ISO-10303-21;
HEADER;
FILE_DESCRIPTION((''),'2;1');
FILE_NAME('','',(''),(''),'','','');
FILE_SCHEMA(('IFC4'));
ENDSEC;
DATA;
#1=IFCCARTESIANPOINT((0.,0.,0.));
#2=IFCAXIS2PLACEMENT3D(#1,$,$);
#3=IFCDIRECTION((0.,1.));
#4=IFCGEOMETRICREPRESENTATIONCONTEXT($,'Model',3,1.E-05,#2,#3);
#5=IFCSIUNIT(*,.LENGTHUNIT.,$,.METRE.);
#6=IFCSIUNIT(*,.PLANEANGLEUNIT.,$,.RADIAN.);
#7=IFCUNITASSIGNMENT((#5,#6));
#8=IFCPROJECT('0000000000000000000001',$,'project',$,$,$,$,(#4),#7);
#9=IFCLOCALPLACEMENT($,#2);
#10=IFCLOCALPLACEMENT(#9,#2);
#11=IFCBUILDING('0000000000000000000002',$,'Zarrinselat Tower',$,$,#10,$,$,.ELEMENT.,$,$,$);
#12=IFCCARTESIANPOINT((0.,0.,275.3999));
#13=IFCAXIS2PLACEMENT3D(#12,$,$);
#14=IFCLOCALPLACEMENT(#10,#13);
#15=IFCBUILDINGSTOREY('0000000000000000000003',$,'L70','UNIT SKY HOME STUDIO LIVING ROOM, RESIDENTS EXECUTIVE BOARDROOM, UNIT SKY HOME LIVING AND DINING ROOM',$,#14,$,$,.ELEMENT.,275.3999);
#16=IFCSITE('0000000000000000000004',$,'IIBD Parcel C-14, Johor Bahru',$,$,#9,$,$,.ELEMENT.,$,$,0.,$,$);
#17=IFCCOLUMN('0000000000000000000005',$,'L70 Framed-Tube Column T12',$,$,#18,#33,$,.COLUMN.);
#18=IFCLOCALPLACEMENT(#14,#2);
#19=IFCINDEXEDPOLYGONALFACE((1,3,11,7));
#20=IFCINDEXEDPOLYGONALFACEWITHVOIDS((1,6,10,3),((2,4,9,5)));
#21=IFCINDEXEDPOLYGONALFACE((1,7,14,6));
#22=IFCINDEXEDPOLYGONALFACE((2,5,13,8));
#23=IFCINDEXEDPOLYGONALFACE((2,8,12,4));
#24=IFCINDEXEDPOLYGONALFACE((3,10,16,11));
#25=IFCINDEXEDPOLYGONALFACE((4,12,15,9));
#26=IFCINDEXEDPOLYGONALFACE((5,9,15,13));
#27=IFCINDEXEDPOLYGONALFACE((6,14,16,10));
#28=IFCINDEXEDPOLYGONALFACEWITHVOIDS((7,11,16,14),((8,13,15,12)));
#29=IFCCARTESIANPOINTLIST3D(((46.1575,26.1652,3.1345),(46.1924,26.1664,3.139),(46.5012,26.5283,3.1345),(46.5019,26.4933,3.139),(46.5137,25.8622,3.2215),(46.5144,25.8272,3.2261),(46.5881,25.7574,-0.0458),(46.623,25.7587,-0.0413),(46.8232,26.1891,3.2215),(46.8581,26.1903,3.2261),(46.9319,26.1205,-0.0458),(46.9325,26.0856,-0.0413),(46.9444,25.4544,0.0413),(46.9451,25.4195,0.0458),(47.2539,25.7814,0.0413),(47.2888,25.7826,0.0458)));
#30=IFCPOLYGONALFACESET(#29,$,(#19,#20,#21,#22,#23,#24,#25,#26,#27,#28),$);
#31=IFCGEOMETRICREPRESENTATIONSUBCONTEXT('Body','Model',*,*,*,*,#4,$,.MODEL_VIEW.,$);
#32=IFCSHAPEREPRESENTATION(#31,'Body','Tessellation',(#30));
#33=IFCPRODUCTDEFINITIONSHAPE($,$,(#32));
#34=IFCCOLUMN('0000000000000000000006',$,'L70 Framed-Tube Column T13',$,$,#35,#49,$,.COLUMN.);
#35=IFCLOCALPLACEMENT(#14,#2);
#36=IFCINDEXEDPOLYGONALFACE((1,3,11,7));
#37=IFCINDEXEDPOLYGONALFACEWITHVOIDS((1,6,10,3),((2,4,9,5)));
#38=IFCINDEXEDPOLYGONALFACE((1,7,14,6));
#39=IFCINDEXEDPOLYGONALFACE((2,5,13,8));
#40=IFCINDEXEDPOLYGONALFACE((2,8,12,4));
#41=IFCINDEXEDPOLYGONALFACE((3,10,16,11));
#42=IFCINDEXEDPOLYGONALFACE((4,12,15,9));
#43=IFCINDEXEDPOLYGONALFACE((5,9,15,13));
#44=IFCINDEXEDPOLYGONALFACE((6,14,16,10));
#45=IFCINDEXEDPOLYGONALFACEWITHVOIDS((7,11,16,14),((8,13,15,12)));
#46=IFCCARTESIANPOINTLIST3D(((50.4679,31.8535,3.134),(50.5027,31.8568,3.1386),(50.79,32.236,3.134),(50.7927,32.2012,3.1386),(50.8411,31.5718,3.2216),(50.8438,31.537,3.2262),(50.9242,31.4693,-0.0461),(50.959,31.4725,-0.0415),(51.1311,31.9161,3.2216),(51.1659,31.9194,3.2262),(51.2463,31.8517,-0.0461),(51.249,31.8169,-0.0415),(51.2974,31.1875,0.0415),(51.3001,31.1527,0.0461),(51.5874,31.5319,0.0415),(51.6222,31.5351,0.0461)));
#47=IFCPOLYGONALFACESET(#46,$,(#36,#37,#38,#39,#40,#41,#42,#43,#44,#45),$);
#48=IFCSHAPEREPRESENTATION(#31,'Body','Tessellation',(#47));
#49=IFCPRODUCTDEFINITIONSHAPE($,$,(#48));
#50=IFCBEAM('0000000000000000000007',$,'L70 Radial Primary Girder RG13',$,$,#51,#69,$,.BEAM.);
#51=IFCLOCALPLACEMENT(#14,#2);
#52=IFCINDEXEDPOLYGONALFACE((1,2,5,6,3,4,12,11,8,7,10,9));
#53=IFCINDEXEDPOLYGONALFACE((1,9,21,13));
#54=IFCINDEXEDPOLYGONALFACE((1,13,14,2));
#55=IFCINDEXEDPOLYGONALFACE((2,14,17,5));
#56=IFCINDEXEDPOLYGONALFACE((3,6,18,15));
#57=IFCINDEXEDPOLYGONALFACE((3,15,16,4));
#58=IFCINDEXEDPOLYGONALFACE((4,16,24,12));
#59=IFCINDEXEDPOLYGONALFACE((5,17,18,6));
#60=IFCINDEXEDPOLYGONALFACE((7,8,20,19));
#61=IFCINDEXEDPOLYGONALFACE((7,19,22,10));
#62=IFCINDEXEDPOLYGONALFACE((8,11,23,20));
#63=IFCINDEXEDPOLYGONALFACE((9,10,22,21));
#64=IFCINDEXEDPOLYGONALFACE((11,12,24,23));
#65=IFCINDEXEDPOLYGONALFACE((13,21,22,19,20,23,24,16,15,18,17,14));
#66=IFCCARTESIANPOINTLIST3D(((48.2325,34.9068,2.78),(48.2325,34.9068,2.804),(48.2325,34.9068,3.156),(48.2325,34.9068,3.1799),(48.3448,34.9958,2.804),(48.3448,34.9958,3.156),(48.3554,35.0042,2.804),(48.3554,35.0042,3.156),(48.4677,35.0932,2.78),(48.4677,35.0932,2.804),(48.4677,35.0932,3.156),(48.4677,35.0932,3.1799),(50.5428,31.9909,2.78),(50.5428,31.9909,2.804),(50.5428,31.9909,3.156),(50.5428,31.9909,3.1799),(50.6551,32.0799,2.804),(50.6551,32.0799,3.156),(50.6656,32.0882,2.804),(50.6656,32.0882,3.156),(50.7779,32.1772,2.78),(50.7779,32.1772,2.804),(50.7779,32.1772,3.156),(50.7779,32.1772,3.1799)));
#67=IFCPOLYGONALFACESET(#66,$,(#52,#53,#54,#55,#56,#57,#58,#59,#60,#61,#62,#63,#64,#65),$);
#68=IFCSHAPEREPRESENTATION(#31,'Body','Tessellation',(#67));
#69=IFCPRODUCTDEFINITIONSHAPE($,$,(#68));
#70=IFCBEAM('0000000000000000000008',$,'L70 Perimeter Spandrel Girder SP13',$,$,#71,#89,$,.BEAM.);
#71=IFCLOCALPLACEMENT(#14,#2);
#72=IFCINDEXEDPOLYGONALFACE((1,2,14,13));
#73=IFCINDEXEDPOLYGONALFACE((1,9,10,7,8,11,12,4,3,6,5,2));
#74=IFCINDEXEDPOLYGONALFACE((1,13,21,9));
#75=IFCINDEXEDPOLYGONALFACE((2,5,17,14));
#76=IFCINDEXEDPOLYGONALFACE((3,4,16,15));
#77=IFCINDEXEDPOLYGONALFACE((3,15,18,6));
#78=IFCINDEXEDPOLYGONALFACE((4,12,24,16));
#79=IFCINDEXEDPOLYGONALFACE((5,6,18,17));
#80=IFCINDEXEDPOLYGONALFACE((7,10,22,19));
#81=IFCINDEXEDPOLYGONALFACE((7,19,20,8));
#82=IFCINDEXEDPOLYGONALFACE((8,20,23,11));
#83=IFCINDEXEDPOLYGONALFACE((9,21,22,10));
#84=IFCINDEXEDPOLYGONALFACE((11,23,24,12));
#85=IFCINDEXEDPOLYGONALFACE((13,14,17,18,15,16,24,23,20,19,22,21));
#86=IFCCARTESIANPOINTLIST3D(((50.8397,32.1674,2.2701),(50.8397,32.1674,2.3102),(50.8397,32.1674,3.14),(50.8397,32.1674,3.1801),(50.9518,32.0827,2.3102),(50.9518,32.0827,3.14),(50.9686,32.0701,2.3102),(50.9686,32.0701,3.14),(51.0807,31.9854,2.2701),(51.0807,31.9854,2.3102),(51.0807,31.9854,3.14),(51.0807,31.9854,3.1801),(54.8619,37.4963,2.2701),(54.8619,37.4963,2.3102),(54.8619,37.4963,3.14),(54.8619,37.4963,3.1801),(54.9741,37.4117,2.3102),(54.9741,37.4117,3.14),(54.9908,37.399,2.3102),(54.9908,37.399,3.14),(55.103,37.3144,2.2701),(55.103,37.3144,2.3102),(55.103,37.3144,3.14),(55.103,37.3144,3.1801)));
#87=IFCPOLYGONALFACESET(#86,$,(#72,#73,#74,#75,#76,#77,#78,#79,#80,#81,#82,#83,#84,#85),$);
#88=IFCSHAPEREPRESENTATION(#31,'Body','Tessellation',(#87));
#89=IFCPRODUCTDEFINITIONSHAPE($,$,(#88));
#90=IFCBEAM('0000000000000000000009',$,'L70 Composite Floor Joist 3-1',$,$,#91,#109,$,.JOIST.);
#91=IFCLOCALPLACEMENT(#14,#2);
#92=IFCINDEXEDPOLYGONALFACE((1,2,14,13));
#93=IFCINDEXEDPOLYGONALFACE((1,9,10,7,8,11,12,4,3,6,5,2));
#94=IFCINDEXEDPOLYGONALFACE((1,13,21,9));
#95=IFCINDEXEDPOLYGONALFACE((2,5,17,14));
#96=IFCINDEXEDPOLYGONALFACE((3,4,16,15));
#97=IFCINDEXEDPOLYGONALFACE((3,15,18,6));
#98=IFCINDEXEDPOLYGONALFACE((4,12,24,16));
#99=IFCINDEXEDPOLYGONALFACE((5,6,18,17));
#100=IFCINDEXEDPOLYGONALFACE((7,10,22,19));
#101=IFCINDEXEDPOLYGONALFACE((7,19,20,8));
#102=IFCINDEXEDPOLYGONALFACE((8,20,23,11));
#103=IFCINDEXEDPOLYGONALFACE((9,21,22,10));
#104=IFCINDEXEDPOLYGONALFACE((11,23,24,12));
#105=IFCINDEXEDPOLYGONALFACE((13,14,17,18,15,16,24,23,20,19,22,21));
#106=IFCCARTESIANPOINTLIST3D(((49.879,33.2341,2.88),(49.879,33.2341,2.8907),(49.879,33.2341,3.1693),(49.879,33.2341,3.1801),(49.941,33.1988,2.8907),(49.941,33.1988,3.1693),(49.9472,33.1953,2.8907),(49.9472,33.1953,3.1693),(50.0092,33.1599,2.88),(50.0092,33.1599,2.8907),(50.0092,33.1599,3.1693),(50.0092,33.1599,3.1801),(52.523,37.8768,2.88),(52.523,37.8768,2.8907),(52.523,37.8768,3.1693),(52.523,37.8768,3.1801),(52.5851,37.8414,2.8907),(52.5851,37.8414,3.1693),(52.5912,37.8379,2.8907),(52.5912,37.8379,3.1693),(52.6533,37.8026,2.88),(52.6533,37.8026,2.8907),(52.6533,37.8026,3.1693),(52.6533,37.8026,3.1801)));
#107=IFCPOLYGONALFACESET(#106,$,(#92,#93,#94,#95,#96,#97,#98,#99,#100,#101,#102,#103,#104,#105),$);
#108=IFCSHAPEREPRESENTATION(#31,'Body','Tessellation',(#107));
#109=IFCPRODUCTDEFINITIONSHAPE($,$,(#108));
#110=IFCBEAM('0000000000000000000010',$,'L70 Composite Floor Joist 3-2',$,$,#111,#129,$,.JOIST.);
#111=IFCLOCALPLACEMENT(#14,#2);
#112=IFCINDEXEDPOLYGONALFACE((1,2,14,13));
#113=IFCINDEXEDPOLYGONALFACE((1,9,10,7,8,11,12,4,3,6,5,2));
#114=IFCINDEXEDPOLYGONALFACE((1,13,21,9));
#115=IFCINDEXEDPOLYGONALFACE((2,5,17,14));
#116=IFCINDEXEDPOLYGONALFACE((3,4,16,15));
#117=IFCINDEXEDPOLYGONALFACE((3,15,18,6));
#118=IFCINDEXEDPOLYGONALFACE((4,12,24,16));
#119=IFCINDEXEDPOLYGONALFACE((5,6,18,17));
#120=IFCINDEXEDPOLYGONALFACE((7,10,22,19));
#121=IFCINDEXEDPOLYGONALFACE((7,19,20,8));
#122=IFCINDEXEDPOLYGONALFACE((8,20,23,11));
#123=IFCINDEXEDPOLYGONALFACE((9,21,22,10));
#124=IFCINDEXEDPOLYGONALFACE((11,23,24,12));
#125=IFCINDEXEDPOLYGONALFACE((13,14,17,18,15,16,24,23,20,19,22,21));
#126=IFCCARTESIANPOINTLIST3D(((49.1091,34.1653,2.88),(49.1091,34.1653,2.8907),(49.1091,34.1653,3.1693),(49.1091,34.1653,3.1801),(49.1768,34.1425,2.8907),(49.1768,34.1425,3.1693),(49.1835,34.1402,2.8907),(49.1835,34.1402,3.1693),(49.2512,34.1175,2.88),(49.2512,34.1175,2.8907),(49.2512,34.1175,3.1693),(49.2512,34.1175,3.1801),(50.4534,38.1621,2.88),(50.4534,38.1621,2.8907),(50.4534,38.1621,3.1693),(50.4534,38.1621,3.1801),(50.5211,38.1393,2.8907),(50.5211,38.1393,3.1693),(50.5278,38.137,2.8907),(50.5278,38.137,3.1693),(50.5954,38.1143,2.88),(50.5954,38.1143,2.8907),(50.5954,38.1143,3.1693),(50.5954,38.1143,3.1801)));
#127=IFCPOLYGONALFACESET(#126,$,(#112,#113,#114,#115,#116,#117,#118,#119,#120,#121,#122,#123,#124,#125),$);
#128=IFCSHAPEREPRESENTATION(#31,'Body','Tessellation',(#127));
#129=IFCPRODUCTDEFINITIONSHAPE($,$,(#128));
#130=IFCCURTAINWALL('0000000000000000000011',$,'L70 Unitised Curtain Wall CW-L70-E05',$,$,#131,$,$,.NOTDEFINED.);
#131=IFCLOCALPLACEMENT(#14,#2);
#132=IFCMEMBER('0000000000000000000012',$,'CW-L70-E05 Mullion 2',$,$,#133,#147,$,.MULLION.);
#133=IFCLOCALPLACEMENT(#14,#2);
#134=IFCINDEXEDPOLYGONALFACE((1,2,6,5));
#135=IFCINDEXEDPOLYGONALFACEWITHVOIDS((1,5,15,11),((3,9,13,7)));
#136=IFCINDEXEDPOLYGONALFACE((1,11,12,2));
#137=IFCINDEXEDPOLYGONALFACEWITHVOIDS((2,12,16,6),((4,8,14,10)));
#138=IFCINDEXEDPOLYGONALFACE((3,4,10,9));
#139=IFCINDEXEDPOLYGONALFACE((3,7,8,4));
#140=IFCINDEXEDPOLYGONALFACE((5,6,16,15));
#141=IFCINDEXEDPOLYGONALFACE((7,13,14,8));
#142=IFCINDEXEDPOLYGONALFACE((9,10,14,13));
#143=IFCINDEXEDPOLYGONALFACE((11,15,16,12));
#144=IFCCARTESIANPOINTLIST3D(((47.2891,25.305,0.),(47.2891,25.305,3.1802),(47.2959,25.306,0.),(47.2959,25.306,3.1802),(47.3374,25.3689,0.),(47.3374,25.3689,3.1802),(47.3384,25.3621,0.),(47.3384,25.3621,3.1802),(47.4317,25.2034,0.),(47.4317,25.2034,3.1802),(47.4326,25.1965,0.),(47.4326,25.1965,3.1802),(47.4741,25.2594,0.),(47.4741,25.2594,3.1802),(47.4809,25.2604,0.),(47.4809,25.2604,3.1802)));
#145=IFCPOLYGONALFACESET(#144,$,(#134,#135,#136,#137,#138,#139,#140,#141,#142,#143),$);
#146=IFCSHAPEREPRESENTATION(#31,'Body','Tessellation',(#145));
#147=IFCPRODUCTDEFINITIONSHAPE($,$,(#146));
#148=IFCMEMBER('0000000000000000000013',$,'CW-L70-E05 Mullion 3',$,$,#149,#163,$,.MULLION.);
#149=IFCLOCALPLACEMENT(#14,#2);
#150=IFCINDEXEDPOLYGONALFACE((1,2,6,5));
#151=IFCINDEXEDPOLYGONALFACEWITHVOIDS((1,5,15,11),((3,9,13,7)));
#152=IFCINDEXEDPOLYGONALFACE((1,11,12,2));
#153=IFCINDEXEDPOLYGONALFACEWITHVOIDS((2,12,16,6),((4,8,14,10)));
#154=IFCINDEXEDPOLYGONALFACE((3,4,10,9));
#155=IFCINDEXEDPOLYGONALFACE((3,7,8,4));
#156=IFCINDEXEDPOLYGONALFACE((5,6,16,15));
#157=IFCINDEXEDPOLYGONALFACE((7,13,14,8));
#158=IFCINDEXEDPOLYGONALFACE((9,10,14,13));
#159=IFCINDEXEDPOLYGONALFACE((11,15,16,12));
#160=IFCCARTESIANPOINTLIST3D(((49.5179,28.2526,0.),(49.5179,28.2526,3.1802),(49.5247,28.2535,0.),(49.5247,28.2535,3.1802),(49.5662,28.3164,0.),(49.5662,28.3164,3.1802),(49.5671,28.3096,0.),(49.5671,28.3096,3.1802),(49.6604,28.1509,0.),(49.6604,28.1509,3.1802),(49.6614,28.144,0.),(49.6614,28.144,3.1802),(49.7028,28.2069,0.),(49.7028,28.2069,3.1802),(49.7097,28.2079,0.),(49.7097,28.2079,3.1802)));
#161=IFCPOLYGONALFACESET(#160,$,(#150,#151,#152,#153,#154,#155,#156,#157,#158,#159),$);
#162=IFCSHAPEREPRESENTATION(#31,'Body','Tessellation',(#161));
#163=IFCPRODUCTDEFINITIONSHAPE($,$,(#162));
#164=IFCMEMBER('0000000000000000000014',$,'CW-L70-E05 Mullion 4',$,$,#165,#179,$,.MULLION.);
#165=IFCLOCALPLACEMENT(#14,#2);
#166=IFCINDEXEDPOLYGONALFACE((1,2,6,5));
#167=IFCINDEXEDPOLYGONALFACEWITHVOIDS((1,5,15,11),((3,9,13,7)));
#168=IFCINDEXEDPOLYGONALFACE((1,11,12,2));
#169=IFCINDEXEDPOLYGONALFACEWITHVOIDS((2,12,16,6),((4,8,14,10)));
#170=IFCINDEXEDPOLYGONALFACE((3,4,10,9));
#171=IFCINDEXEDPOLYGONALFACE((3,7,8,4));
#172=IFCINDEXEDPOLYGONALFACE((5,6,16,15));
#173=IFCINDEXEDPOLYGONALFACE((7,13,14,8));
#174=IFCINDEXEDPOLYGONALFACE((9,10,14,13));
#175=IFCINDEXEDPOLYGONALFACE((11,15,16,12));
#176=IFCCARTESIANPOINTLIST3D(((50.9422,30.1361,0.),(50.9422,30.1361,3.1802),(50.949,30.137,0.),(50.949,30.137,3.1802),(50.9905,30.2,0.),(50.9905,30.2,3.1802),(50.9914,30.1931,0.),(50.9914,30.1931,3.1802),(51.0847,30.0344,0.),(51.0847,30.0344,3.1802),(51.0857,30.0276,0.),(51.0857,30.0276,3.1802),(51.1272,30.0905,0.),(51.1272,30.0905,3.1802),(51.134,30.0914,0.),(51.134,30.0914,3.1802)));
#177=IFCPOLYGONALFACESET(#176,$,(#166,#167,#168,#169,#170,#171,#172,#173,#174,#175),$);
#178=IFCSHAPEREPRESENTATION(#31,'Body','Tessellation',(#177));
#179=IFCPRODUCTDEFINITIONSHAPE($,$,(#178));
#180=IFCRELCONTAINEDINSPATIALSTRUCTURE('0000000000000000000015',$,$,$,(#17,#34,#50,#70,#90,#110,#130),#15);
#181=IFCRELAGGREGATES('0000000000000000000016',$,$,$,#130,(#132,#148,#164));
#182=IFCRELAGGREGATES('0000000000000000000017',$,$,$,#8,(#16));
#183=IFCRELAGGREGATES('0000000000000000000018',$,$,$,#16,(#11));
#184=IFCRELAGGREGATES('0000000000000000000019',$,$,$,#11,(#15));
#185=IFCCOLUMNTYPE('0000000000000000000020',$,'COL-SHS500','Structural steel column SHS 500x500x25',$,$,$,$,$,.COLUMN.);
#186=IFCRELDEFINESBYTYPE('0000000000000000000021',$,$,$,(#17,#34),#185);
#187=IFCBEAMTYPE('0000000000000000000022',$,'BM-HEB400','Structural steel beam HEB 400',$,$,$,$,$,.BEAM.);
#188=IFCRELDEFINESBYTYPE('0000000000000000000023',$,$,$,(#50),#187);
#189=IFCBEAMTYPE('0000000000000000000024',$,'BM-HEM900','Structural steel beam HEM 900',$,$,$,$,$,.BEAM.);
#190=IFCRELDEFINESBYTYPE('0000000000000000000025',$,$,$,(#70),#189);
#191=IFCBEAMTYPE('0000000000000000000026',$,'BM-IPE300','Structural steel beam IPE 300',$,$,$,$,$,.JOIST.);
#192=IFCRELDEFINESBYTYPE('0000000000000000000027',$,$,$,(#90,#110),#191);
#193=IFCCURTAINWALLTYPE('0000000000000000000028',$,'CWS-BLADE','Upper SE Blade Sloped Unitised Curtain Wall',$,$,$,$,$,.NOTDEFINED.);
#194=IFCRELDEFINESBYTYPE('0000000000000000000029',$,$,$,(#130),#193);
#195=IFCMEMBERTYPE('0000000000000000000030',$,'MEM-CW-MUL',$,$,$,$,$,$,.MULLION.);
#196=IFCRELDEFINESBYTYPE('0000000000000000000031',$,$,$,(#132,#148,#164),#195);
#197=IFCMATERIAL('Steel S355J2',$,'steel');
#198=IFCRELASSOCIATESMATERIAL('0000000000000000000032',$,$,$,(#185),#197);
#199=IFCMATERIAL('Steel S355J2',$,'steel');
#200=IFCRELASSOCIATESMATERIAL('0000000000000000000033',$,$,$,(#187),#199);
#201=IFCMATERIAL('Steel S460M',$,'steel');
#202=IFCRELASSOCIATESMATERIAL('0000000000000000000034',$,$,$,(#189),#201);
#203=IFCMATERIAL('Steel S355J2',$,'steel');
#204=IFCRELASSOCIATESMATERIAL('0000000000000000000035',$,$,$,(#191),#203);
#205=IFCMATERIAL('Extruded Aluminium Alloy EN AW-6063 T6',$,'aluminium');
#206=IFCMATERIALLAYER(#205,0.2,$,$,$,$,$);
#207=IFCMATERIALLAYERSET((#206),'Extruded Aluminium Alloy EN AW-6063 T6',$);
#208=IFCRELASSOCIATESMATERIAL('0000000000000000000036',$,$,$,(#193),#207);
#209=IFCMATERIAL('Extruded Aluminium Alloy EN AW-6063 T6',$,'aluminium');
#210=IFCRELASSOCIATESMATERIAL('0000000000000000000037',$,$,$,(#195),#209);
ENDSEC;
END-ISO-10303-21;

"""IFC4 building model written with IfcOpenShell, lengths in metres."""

from ifc_helpers import new_model, si_unit, direction, frame, origin, origin_2d, place, context, subcontext, project, spatial, hollow_rectangle, i_section, extrude, material, layer, layer_set, material_profile, profile_set, type_object, element, aggregate, save


model = new_model("IFC4")

# Units and contexts
model_context = context("Model", 3, precision=1e-05, world=origin(), true_north=direction((0.0, 1.0)))
body_context = subcontext(model_context, "Body", "Model", "MODEL_VIEW")
ifc_project = project(units=[si_unit("LENGTHUNIT", "METRE"), si_unit("PLANEANGLEUNIT", "RADIAN")], contexts=[model_context])

# Site, building, storey
site_placement = place(None, origin())
site = spatial("IfcSite", under=ifc_project, at=site_placement, Name="IIBD Parcel C-14, Johor Bahru", CompositionType="ELEMENT", RefElevation=0.0)
building_placement = place(site_placement, origin())
building = spatial("IfcBuilding", under=site, at=building_placement, Name="Zarrinselat Tower", CompositionType="ELEMENT")
storey_placement = place(building_placement, frame((0.0, 0.0, 275.3999)))
storey = spatial("IfcBuildingStorey", under=building, at=storey_placement, Name="L70", Description="UNIT SKY HOME STUDIO LIVING ROOM, RESIDENTS EXECUTIVE BOARDROOM, UNIT SKY HOME LIVING AND DINING ROOM", CompositionType="ELEMENT", Elevation=275.3999)

# Columns
ifc_material_1 = material(Name="Steel S355J2", Category="steel")
ifc_material_profile_1 = material_profile(ifc_material_1, hollow_rectangle(XDim=0.5, YDim=0.5, WallThickness=0.0249, at=origin_2d()), Name="SHS 500x500x25")
ifc_profile_set_1 = profile_set([ifc_material_profile_1], Name="Steel S355J2")
column_type = type_object("IfcColumnType", Name="COL-SHS500", Description="Structural steel column SHS 500x500x25", PredefinedType="COLUMN", material=ifc_profile_set_1)
column_1_placement = place(storey_placement, frame((46.9385, 25.77, 0.0), z_axis=(-0.133126, 0.126032, 0.983053), x_axis=(-0.687493, -0.726191, 0.0)))
element("IfcColumn", 1, at=column_1_placement, inside=storey, type_object=column_type, Name="L70 Framed-Tube Column T12", PredefinedType="COLUMN", context=body_context, shape_type="SweptSolid", body=[
    extrude(hollow_rectangle(XDim=0.5, YDim=0.5, WallThickness=0.0249, at=origin_2d()), origin(), (0.0, 0.0, 1.0), 3.2351),
])
column_2_placement = place(storey_placement, frame((51.2732, 31.5022, 0.0), z_axis=(-0.141023, 0.118764, 0.982857), x_axis=(-0.644161, -0.76489, 0.0)))
element("IfcColumn", 2, at=column_2_placement, inside=storey, type_object=column_type, Name="L70 Framed-Tube Column T13", PredefinedType="COLUMN", context=body_context, shape_type="SweptSolid", body=[
    extrude(hollow_rectangle(XDim=0.5, YDim=0.5, WallThickness=0.0249, at=origin_2d()), origin(), (0.0, 0.0, 1.0), 3.2356),
])

# Beams
ifc_material_2 = material(Name="Steel S355J2", Category="steel")
ifc_material_profile_2 = material_profile(ifc_material_2, i_section(OverallWidth=0.3, OverallDepth=0.3999, WebThickness=0.0134, FlangeThickness=0.0239, at=origin_2d()), Name="HEB 400")
ifc_profile_set_2 = profile_set([ifc_material_profile_2], Name="Steel S355J2")
beam_type_1 = type_object("IfcBeamType", Name="BM-HEB400", Description="Structural steel beam HEB 400", PredefinedType="BEAM", material=ifc_profile_set_2)
beam_1_placement = place(storey_placement, frame((48.3501, 35.0, 2.98), z_axis=(0.620999, -0.783812, 0.0), x_axis=(0.783812, 0.620999, 0.0)))
element("IfcBeam", 3, at=beam_1_placement, inside=storey, type_object=beam_type_1, Name="L70 Radial Primary Girder RG13", PredefinedType="BEAM", context=body_context, shape_type="SweptSolid", body=[
    extrude(i_section(OverallWidth=0.3, OverallDepth=0.3999, WebThickness=0.0134, FlangeThickness=0.0239, at=origin_2d()), origin(), (0.0, 0.0, 1.0), 3.7202),
])
ifc_material_3 = material(Name="Steel S460M", Category="steel")
ifc_material_profile_3 = material_profile(ifc_material_3, i_section(OverallWidth=0.302, OverallDepth=0.9099, WebThickness=0.021, FlangeThickness=0.04, at=origin_2d()), Name="HEM 900")
ifc_profile_set_3 = profile_set([ifc_material_profile_3], Name="Steel S460M")
beam_type_2 = type_object("IfcBeamType", Name="BM-HEM900", Description="Structural steel beam HEM 900", PredefinedType="BEAM", material=ifc_profile_set_3)
beam_2_placement = place(storey_placement, frame((50.9602, 32.0764, 2.7251), z_axis=(0.602449, 0.798158, 0.0), x_axis=(-0.798158, 0.602449, 0.0)))
element("IfcBeam", 4, at=beam_2_placement, inside=storey, type_object=beam_type_2, Name="L70 Perimeter Spandrel Girder SP13", PredefinedType="BEAM", context=body_context, shape_type="SweptSolid", body=[
    extrude(i_section(OverallWidth=0.302, OverallDepth=0.9099, WebThickness=0.021, FlangeThickness=0.04, at=origin_2d()), origin(), (0.0, 0.0, 1.0), 6.6765),
])
ifc_material_4 = material(Name="Steel S355J2", Category="steel")
ifc_material_profile_4 = material_profile(ifc_material_4, i_section(OverallWidth=0.1499, OverallDepth=0.3, WebThickness=0.0071, FlangeThickness=0.0107, at=origin_2d()), Name="IPE 300")
ifc_profile_set_4 = profile_set([ifc_material_profile_4], Name="Steel S355J2")
beam_type_3 = type_object("IfcBeamType", Name="BM-IPE300", Description="Structural steel beam IPE 300", PredefinedType="JOIST", material=ifc_profile_set_4)
beam_3_placement = place(storey_placement, frame((49.9441, 33.197, 3.03), z_axis=(0.494888, 0.868957, 0.0), x_axis=(-0.868957, 0.494888, 0.0)))
element("IfcBeam", 5, at=beam_3_placement, inside=storey, type_object=beam_type_3, Name="L70 Composite Floor Joist 3-1", PredefinedType="JOIST", context=body_context, shape_type="SweptSolid", body=[
    extrude(i_section(OverallWidth=0.1499, OverallDepth=0.3, WebThickness=0.0071, FlangeThickness=0.0107, at=origin_2d()), origin(), (0.0, 0.0, 1.0), 5.3428),
])
beam_4_placement = place(storey_placement, frame((49.1802, 34.1414, 3.03), z_axis=(0.31878, 0.947829, 0.0), x_axis=(-0.947829, 0.31878, 0.0)))
element("IfcBeam", 6, at=beam_4_placement, inside=storey, type_object=beam_type_3, Name="L70 Composite Floor Joist 3-2", PredefinedType="JOIST", context=body_context, shape_type="SweptSolid", body=[
    extrude(i_section(OverallWidth=0.1499, OverallDepth=0.3, WebThickness=0.0071, FlangeThickness=0.0107, at=origin_2d()), origin(), (0.0, 0.0, 1.0), 4.2168),
])

# Curtain wall, members
ifc_material_5 = material(Name="Extruded Aluminium Alloy EN AW-6063 T6", Category="aluminium")
ifc_layer_1 = layer(ifc_material_5, 0.2)
ifc_layer_set_1 = layer_set([ifc_layer_1], Name="Extruded Aluminium Alloy EN AW-6063 T6")
curtain_wall_type = type_object("IfcCurtainWallType", Name="CWS-BLADE", Description="Upper SE Blade Sloped Unitised Curtain Wall", PredefinedType="NOTDEFINED", material=ifc_layer_set_1)
curtain_wall_placement = place(storey_placement, origin())
curtain_wall = element("IfcCurtainWall", 7, at=curtain_wall_placement, inside=storey, type_object=curtain_wall_type, Name="L70 Unitised Curtain Wall CW-L70-E05", PredefinedType="NOTDEFINED")
ifc_material_6 = material(Name="Extruded Aluminium Alloy EN AW-6063 T6", Category="aluminium")
ifc_material_profile_5 = material_profile(ifc_material_6, hollow_rectangle(XDim=0.0801, YDim=0.1799, WallThickness=0.0049, at=origin_2d()), Name="RHS 180x80x5")
ifc_profile_set_5 = profile_set([ifc_material_profile_5], Name="Extruded Aluminium Alloy EN AW-6063 T6")
member_type_1 = type_object("IfcMemberType", Name="MEM-CW-MUL", PredefinedType="MULLION", material=ifc_profile_set_5)
member_1_placement = place(storey_placement, frame((47.385, 25.2827, 0.0), z_axis=(0.0, 0.0, 1.0), x_axis=(0.60317, 0.797613, 0.0)))
member_1 = element("IfcMember", 8, at=member_1_placement, type_object=member_type_1, Name="CW-L70-E05 Mullion 2", PredefinedType="MULLION", context=body_context, shape_type="SweptSolid", body=[
    extrude(hollow_rectangle(XDim=0.0801, YDim=0.1799, WallThickness=0.0049, at=origin_2d()), origin(), (0.0, 0.0, 1.0), 3.1802),
])
member_2_placement = place(storey_placement, frame((49.6138, 28.2302, 0.0), z_axis=(0.0, 0.0, 1.0), x_axis=(0.60317, 0.797613, 0.0)))
member_2 = element("IfcMember", 9, at=member_2_placement, type_object=member_type_1, Name="CW-L70-E05 Mullion 3", PredefinedType="MULLION", context=body_context, shape_type="SweptSolid", body=[
    extrude(hollow_rectangle(XDim=0.0801, YDim=0.1799, WallThickness=0.0049, at=origin_2d()), origin(), (0.0, 0.0, 1.0), 3.1802),
])
member_3_placement = place(storey_placement, frame((51.0381, 30.1138, 0.0), z_axis=(0.0, 0.0, 1.0), x_axis=(0.60317, 0.797613, 0.0)))
member_3 = element("IfcMember", 10, at=member_3_placement, type_object=member_type_1, Name="CW-L70-E05 Mullion 4", PredefinedType="MULLION", context=body_context, shape_type="SweptSolid", body=[
    extrude(hollow_rectangle(XDim=0.0801, YDim=0.1799, WallThickness=0.0049, at=origin_2d()), origin(), (0.0, 0.0, 1.0), 3.1802),
])
aggregate(curtain_wall, [member_1, member_2, member_3])

save(model, "model.ifc")
